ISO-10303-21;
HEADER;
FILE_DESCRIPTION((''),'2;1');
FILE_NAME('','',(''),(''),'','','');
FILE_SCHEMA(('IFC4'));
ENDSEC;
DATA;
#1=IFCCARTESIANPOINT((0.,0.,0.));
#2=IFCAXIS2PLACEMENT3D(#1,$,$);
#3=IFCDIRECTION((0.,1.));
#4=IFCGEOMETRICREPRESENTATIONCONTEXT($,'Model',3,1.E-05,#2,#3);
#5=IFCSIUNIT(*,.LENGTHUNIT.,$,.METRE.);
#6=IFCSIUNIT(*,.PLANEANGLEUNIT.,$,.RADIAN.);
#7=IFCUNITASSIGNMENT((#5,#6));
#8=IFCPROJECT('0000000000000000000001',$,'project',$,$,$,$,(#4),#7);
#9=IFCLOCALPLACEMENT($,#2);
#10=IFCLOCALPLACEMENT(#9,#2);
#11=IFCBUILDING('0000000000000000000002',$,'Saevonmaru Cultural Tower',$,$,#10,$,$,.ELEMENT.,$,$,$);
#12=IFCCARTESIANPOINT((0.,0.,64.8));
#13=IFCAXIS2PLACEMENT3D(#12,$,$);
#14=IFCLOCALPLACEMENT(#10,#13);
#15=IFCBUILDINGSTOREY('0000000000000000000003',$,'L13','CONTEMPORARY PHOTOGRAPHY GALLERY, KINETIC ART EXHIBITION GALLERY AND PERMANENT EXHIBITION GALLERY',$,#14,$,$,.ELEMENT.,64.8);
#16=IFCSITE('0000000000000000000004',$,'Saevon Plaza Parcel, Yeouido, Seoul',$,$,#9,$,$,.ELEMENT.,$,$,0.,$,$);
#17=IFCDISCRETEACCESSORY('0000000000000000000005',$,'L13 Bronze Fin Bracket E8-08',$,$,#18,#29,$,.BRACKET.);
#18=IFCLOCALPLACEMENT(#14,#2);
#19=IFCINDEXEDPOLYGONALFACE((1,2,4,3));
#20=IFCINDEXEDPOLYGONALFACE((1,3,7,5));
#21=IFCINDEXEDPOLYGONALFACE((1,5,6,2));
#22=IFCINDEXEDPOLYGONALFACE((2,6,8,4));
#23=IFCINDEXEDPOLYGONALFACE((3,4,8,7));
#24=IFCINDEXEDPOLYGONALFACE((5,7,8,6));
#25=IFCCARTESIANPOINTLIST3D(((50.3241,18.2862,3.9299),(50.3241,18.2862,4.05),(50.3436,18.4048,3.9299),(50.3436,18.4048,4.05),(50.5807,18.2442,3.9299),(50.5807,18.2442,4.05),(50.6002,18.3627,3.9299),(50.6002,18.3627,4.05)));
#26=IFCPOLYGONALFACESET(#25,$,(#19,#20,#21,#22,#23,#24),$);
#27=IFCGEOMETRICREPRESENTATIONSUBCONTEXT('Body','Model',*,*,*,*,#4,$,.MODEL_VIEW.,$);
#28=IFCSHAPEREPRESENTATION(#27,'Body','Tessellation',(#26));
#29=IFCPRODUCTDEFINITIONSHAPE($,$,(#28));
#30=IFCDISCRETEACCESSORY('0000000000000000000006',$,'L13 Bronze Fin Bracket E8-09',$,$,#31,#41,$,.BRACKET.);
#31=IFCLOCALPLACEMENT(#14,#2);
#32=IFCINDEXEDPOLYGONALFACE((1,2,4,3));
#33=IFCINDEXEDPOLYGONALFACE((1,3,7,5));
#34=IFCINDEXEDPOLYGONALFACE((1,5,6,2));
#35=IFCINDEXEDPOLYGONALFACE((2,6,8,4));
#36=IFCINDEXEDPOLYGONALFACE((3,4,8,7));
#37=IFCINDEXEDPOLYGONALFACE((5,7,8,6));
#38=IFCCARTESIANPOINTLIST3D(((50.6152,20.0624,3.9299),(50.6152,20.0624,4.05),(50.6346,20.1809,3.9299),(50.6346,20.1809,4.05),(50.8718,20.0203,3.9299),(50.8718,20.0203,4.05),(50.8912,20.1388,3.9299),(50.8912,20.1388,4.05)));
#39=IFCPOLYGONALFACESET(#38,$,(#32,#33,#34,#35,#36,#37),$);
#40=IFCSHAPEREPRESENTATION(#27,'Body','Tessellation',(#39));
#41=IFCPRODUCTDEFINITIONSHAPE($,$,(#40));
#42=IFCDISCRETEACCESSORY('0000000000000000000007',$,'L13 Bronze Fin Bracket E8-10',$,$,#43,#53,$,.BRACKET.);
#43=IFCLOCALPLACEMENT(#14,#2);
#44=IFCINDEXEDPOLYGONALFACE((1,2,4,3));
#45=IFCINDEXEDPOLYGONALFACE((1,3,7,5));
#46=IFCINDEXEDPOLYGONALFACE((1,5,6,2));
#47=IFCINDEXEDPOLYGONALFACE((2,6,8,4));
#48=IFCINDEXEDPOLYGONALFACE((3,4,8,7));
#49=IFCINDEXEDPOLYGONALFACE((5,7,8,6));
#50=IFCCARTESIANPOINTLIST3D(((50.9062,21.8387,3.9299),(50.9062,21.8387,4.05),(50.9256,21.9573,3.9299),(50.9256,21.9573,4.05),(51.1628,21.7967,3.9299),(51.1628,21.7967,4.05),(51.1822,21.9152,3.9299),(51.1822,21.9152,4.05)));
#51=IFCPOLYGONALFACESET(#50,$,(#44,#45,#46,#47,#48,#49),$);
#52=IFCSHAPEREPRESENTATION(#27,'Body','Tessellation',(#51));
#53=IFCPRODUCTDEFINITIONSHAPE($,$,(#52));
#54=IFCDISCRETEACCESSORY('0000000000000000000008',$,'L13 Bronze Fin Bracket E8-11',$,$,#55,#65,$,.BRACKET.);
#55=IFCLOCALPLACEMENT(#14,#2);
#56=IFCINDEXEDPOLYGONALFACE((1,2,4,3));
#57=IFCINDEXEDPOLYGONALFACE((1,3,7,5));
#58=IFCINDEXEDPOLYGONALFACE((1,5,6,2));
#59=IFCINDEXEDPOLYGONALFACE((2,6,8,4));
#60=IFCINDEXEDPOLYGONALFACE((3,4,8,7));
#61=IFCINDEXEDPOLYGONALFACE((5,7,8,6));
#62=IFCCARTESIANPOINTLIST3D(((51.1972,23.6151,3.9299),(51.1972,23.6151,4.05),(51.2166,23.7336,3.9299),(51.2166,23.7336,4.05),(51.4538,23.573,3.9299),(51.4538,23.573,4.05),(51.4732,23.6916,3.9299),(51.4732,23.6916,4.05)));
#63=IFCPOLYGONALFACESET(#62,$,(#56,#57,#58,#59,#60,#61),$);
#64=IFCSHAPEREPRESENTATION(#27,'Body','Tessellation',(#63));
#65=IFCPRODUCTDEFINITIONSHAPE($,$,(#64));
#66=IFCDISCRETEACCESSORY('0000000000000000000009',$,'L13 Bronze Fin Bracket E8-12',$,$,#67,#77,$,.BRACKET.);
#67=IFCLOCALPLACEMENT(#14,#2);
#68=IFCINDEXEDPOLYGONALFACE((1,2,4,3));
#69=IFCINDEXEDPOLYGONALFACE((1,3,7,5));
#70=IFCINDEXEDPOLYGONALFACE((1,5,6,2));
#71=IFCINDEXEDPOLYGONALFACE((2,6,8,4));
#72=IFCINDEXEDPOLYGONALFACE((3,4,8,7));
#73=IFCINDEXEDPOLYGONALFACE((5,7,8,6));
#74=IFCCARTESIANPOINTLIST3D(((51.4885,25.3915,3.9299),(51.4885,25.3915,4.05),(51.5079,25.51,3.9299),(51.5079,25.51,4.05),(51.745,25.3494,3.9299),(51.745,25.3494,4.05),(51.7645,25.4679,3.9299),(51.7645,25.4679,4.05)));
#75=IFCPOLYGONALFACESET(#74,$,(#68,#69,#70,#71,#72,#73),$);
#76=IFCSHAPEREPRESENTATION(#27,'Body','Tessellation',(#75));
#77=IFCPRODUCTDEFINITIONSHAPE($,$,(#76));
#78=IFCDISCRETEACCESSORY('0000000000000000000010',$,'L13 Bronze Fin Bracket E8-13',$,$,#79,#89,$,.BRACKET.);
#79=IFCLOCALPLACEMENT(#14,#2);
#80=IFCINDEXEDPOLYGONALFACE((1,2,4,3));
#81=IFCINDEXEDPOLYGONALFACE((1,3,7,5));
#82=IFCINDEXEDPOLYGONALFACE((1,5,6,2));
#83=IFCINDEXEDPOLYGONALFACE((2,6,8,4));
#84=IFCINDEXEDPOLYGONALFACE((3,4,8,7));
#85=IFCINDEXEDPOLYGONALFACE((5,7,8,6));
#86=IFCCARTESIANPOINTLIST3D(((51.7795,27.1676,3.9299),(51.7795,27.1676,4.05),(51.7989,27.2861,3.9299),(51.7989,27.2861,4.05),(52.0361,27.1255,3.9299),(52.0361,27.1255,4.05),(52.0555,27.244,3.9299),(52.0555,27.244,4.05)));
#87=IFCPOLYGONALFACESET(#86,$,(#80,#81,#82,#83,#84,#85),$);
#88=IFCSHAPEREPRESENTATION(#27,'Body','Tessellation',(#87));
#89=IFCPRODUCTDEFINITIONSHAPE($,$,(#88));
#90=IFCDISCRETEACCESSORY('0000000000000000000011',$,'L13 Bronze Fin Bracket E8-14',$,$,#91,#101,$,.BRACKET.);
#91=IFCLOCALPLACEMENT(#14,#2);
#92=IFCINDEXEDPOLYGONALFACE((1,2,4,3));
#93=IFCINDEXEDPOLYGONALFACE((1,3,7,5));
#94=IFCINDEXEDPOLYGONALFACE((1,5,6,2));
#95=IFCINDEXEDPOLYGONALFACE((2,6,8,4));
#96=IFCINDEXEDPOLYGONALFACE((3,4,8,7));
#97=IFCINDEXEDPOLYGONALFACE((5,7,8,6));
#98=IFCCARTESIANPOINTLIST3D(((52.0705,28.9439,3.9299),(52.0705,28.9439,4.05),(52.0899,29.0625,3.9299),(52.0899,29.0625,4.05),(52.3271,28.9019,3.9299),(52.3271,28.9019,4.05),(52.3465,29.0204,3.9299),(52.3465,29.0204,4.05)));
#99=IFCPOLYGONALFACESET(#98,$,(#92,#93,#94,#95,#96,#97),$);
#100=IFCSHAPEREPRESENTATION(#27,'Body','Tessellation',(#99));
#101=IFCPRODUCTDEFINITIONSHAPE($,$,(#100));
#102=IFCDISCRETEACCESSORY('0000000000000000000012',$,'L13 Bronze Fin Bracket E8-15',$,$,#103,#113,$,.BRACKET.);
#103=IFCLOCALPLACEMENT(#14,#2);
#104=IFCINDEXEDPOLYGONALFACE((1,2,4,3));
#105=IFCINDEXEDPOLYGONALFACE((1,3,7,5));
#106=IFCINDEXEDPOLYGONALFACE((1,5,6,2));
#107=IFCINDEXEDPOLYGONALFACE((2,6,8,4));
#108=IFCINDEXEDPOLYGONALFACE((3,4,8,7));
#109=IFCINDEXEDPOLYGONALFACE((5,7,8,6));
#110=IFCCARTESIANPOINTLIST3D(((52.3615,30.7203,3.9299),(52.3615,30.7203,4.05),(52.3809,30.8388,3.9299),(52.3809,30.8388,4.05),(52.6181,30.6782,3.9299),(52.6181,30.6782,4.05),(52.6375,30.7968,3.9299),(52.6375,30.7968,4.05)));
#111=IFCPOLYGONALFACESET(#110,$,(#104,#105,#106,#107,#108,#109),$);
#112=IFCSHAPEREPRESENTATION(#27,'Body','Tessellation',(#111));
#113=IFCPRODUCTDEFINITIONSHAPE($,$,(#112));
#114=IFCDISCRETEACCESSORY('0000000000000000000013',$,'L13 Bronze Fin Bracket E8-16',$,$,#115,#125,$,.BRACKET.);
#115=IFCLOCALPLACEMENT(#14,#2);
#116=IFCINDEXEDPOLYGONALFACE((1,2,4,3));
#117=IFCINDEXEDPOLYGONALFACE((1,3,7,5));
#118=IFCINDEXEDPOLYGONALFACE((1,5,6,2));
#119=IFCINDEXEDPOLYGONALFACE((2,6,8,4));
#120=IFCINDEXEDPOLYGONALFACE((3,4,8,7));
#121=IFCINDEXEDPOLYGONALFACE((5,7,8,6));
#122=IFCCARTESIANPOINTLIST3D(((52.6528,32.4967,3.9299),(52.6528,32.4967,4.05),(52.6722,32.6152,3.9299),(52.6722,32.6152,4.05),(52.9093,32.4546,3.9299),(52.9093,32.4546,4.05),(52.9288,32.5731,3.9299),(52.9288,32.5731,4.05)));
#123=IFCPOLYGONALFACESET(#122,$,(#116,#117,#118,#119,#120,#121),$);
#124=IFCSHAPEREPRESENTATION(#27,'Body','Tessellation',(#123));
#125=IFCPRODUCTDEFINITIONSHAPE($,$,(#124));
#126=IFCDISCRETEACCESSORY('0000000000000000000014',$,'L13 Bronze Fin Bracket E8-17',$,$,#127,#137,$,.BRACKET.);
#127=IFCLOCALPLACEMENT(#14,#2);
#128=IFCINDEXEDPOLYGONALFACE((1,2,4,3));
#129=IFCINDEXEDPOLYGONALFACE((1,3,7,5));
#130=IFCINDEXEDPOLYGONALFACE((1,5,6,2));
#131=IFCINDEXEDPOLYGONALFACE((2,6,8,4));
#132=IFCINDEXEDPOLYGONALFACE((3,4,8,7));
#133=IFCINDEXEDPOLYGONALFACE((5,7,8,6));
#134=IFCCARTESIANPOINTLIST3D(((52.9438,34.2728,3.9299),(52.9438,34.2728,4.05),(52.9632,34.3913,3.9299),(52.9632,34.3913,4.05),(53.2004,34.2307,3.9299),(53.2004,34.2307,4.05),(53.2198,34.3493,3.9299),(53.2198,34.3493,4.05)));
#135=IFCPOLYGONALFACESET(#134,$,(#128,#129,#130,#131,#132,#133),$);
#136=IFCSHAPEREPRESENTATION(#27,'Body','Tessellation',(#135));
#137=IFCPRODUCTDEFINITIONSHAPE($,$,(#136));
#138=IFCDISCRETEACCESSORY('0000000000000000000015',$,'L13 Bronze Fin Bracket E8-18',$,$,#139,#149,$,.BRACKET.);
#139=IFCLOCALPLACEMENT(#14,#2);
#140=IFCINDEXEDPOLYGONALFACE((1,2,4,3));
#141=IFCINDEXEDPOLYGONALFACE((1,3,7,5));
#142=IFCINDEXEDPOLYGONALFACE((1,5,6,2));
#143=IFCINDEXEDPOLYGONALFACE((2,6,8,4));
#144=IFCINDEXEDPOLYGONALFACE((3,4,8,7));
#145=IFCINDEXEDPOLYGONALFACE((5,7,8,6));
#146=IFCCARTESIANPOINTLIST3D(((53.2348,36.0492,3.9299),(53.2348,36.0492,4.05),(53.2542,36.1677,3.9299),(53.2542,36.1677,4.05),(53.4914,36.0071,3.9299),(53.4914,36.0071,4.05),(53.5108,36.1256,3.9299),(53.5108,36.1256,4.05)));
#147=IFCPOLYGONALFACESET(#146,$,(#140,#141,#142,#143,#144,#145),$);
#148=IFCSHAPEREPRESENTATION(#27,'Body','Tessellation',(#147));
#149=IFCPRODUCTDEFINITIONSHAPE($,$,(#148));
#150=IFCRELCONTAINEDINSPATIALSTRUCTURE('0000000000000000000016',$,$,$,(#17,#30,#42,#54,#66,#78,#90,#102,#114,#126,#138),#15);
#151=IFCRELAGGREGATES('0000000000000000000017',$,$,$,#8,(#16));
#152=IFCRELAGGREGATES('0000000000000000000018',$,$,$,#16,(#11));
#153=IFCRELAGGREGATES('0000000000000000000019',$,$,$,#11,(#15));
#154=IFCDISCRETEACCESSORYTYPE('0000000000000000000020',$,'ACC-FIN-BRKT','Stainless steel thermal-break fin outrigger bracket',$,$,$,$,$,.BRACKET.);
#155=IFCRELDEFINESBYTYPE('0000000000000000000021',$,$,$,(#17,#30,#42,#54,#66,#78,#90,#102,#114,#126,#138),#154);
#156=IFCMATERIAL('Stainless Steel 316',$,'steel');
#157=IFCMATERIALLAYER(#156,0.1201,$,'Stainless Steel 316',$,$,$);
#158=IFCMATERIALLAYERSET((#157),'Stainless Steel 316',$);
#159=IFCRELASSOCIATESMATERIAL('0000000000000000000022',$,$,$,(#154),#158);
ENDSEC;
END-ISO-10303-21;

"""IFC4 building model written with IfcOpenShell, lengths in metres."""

from ifc_helpers import new_model, si_unit, direction, frame, origin, origin_2d, place, context, subcontext, project, spatial, rectangle, extrude, material, layer, layer_set, type_object, element, save


model = new_model("IFC4")

# Units and contexts
model_context = context("Model", 3, precision=1e-05, world=origin(), true_north=direction((0.0, 1.0)))
body_context = subcontext(model_context, "Body", "Model", "MODEL_VIEW")
ifc_project = project(units=[si_unit("LENGTHUNIT", "METRE"), si_unit("PLANEANGLEUNIT", "RADIAN")], contexts=[model_context])

# Site, building, storey
site_placement = place(None, origin())
site = spatial("IfcSite", under=ifc_project, at=site_placement, Name="Saevon Plaza Parcel, Yeouido, Seoul", CompositionType="ELEMENT", RefElevation=0.0)
building_placement = place(site_placement, origin())
building = spatial("IfcBuilding", under=site, at=building_placement, Name="Saevonmaru Cultural Tower", CompositionType="ELEMENT")
storey_placement = place(building_placement, frame((0.0, 0.0, 64.8)))
storey = spatial("IfcBuildingStorey", under=building, at=storey_placement, Name="L13", Description="CONTEMPORARY PHOTOGRAPHY GALLERY, KINETIC ART EXHIBITION GALLERY AND PERMANENT EXHIBITION GALLERY", CompositionType="ELEMENT", Elevation=64.8)

# Discrete accessories
ifc_material_1 = material(Name="Stainless Steel 316", Category="steel")
ifc_layer_1 = layer(ifc_material_1, 0.1201, Name="Stainless Steel 316")
ifc_layer_set_1 = layer_set([ifc_layer_1], Name="Stainless Steel 316")
discrete_accessory_type = type_object("IfcDiscreteAccessoryType", Name="ACC-FIN-BRKT", Description="Stainless steel thermal-break fin outrigger bracket", PredefinedType="BRACKET", material=ifc_layer_set_1)
for number, where, z_axis, x_axis, name in (
    (1, (50.4622, 18.3245, 3.9299), (0.0, 0.0, 1.0), (0.986827, -0.161776, 0.0), "L13 Bronze Fin Bracket E8-08"),
    (2, (50.7532, 20.1006, 3.9299), (0.0, 0.0, 1.0), (0.986827, -0.161776, 0.0), "L13 Bronze Fin Bracket E8-09"),
    (3, (51.0442, 21.877, 3.9299), (0.0, 0.0, 1.0), (0.986827, -0.161776, 0.0), "L13 Bronze Fin Bracket E8-10"),
    (4, (51.3352, 23.6533, 3.9299), (0.0, 0.0, 1.0), (0.986827, -0.161776, 0.0), "L13 Bronze Fin Bracket E8-11"),
    (5, (51.6265, 25.4297, 3.9299), (0.0, 0.0, 1.0), (0.986827, -0.161776, 0.0), "L13 Bronze Fin Bracket E8-12"),
    (6, (51.9175, 27.2058, 3.9299), (0.0, 0.0, 1.0), (0.986827, -0.161776, 0.0), "L13 Bronze Fin Bracket E8-13"),
    (7, (52.2085, 28.9822, 3.9299), (0.0, 0.0, 1.0), (0.986827, -0.161776, 0.0), "L13 Bronze Fin Bracket E8-14"),
    (8, (52.4995, 30.7585, 3.9299), (0.0, 0.0, 1.0), (0.986827, -0.161776, 0.0), "L13 Bronze Fin Bracket E8-15"),
    (9, (52.7908, 32.5349, 3.9299), (0.0, 0.0, 1.0), (0.986827, -0.161776, 0.0), "L13 Bronze Fin Bracket E8-16"),
    (10, (53.0818, 34.311, 3.9299), (0.0, 0.0, 1.0), (0.986827, -0.161776, 0.0), "L13 Bronze Fin Bracket E8-17"),
    (11, (53.3728, 36.0874, 3.9299), (0.0, 0.0, 1.0), (0.986827, -0.161776, 0.0), "L13 Bronze Fin Bracket E8-18"),
):
    element("IfcDiscreteAccessory", number, at=place(storey_placement, frame(where, z_axis=z_axis, x_axis=x_axis)), inside=storey, type_object=discrete_accessory_type, Name=name, PredefinedType="BRACKET", context=body_context, shape_type="SweptSolid", body=[
        extrude(rectangle(XDim=0.26, YDim=0.1201, at=origin_2d()), origin(), (0.0, 0.0, 1.0), 0.1201),
    ])

save(model, "model.ifc")
